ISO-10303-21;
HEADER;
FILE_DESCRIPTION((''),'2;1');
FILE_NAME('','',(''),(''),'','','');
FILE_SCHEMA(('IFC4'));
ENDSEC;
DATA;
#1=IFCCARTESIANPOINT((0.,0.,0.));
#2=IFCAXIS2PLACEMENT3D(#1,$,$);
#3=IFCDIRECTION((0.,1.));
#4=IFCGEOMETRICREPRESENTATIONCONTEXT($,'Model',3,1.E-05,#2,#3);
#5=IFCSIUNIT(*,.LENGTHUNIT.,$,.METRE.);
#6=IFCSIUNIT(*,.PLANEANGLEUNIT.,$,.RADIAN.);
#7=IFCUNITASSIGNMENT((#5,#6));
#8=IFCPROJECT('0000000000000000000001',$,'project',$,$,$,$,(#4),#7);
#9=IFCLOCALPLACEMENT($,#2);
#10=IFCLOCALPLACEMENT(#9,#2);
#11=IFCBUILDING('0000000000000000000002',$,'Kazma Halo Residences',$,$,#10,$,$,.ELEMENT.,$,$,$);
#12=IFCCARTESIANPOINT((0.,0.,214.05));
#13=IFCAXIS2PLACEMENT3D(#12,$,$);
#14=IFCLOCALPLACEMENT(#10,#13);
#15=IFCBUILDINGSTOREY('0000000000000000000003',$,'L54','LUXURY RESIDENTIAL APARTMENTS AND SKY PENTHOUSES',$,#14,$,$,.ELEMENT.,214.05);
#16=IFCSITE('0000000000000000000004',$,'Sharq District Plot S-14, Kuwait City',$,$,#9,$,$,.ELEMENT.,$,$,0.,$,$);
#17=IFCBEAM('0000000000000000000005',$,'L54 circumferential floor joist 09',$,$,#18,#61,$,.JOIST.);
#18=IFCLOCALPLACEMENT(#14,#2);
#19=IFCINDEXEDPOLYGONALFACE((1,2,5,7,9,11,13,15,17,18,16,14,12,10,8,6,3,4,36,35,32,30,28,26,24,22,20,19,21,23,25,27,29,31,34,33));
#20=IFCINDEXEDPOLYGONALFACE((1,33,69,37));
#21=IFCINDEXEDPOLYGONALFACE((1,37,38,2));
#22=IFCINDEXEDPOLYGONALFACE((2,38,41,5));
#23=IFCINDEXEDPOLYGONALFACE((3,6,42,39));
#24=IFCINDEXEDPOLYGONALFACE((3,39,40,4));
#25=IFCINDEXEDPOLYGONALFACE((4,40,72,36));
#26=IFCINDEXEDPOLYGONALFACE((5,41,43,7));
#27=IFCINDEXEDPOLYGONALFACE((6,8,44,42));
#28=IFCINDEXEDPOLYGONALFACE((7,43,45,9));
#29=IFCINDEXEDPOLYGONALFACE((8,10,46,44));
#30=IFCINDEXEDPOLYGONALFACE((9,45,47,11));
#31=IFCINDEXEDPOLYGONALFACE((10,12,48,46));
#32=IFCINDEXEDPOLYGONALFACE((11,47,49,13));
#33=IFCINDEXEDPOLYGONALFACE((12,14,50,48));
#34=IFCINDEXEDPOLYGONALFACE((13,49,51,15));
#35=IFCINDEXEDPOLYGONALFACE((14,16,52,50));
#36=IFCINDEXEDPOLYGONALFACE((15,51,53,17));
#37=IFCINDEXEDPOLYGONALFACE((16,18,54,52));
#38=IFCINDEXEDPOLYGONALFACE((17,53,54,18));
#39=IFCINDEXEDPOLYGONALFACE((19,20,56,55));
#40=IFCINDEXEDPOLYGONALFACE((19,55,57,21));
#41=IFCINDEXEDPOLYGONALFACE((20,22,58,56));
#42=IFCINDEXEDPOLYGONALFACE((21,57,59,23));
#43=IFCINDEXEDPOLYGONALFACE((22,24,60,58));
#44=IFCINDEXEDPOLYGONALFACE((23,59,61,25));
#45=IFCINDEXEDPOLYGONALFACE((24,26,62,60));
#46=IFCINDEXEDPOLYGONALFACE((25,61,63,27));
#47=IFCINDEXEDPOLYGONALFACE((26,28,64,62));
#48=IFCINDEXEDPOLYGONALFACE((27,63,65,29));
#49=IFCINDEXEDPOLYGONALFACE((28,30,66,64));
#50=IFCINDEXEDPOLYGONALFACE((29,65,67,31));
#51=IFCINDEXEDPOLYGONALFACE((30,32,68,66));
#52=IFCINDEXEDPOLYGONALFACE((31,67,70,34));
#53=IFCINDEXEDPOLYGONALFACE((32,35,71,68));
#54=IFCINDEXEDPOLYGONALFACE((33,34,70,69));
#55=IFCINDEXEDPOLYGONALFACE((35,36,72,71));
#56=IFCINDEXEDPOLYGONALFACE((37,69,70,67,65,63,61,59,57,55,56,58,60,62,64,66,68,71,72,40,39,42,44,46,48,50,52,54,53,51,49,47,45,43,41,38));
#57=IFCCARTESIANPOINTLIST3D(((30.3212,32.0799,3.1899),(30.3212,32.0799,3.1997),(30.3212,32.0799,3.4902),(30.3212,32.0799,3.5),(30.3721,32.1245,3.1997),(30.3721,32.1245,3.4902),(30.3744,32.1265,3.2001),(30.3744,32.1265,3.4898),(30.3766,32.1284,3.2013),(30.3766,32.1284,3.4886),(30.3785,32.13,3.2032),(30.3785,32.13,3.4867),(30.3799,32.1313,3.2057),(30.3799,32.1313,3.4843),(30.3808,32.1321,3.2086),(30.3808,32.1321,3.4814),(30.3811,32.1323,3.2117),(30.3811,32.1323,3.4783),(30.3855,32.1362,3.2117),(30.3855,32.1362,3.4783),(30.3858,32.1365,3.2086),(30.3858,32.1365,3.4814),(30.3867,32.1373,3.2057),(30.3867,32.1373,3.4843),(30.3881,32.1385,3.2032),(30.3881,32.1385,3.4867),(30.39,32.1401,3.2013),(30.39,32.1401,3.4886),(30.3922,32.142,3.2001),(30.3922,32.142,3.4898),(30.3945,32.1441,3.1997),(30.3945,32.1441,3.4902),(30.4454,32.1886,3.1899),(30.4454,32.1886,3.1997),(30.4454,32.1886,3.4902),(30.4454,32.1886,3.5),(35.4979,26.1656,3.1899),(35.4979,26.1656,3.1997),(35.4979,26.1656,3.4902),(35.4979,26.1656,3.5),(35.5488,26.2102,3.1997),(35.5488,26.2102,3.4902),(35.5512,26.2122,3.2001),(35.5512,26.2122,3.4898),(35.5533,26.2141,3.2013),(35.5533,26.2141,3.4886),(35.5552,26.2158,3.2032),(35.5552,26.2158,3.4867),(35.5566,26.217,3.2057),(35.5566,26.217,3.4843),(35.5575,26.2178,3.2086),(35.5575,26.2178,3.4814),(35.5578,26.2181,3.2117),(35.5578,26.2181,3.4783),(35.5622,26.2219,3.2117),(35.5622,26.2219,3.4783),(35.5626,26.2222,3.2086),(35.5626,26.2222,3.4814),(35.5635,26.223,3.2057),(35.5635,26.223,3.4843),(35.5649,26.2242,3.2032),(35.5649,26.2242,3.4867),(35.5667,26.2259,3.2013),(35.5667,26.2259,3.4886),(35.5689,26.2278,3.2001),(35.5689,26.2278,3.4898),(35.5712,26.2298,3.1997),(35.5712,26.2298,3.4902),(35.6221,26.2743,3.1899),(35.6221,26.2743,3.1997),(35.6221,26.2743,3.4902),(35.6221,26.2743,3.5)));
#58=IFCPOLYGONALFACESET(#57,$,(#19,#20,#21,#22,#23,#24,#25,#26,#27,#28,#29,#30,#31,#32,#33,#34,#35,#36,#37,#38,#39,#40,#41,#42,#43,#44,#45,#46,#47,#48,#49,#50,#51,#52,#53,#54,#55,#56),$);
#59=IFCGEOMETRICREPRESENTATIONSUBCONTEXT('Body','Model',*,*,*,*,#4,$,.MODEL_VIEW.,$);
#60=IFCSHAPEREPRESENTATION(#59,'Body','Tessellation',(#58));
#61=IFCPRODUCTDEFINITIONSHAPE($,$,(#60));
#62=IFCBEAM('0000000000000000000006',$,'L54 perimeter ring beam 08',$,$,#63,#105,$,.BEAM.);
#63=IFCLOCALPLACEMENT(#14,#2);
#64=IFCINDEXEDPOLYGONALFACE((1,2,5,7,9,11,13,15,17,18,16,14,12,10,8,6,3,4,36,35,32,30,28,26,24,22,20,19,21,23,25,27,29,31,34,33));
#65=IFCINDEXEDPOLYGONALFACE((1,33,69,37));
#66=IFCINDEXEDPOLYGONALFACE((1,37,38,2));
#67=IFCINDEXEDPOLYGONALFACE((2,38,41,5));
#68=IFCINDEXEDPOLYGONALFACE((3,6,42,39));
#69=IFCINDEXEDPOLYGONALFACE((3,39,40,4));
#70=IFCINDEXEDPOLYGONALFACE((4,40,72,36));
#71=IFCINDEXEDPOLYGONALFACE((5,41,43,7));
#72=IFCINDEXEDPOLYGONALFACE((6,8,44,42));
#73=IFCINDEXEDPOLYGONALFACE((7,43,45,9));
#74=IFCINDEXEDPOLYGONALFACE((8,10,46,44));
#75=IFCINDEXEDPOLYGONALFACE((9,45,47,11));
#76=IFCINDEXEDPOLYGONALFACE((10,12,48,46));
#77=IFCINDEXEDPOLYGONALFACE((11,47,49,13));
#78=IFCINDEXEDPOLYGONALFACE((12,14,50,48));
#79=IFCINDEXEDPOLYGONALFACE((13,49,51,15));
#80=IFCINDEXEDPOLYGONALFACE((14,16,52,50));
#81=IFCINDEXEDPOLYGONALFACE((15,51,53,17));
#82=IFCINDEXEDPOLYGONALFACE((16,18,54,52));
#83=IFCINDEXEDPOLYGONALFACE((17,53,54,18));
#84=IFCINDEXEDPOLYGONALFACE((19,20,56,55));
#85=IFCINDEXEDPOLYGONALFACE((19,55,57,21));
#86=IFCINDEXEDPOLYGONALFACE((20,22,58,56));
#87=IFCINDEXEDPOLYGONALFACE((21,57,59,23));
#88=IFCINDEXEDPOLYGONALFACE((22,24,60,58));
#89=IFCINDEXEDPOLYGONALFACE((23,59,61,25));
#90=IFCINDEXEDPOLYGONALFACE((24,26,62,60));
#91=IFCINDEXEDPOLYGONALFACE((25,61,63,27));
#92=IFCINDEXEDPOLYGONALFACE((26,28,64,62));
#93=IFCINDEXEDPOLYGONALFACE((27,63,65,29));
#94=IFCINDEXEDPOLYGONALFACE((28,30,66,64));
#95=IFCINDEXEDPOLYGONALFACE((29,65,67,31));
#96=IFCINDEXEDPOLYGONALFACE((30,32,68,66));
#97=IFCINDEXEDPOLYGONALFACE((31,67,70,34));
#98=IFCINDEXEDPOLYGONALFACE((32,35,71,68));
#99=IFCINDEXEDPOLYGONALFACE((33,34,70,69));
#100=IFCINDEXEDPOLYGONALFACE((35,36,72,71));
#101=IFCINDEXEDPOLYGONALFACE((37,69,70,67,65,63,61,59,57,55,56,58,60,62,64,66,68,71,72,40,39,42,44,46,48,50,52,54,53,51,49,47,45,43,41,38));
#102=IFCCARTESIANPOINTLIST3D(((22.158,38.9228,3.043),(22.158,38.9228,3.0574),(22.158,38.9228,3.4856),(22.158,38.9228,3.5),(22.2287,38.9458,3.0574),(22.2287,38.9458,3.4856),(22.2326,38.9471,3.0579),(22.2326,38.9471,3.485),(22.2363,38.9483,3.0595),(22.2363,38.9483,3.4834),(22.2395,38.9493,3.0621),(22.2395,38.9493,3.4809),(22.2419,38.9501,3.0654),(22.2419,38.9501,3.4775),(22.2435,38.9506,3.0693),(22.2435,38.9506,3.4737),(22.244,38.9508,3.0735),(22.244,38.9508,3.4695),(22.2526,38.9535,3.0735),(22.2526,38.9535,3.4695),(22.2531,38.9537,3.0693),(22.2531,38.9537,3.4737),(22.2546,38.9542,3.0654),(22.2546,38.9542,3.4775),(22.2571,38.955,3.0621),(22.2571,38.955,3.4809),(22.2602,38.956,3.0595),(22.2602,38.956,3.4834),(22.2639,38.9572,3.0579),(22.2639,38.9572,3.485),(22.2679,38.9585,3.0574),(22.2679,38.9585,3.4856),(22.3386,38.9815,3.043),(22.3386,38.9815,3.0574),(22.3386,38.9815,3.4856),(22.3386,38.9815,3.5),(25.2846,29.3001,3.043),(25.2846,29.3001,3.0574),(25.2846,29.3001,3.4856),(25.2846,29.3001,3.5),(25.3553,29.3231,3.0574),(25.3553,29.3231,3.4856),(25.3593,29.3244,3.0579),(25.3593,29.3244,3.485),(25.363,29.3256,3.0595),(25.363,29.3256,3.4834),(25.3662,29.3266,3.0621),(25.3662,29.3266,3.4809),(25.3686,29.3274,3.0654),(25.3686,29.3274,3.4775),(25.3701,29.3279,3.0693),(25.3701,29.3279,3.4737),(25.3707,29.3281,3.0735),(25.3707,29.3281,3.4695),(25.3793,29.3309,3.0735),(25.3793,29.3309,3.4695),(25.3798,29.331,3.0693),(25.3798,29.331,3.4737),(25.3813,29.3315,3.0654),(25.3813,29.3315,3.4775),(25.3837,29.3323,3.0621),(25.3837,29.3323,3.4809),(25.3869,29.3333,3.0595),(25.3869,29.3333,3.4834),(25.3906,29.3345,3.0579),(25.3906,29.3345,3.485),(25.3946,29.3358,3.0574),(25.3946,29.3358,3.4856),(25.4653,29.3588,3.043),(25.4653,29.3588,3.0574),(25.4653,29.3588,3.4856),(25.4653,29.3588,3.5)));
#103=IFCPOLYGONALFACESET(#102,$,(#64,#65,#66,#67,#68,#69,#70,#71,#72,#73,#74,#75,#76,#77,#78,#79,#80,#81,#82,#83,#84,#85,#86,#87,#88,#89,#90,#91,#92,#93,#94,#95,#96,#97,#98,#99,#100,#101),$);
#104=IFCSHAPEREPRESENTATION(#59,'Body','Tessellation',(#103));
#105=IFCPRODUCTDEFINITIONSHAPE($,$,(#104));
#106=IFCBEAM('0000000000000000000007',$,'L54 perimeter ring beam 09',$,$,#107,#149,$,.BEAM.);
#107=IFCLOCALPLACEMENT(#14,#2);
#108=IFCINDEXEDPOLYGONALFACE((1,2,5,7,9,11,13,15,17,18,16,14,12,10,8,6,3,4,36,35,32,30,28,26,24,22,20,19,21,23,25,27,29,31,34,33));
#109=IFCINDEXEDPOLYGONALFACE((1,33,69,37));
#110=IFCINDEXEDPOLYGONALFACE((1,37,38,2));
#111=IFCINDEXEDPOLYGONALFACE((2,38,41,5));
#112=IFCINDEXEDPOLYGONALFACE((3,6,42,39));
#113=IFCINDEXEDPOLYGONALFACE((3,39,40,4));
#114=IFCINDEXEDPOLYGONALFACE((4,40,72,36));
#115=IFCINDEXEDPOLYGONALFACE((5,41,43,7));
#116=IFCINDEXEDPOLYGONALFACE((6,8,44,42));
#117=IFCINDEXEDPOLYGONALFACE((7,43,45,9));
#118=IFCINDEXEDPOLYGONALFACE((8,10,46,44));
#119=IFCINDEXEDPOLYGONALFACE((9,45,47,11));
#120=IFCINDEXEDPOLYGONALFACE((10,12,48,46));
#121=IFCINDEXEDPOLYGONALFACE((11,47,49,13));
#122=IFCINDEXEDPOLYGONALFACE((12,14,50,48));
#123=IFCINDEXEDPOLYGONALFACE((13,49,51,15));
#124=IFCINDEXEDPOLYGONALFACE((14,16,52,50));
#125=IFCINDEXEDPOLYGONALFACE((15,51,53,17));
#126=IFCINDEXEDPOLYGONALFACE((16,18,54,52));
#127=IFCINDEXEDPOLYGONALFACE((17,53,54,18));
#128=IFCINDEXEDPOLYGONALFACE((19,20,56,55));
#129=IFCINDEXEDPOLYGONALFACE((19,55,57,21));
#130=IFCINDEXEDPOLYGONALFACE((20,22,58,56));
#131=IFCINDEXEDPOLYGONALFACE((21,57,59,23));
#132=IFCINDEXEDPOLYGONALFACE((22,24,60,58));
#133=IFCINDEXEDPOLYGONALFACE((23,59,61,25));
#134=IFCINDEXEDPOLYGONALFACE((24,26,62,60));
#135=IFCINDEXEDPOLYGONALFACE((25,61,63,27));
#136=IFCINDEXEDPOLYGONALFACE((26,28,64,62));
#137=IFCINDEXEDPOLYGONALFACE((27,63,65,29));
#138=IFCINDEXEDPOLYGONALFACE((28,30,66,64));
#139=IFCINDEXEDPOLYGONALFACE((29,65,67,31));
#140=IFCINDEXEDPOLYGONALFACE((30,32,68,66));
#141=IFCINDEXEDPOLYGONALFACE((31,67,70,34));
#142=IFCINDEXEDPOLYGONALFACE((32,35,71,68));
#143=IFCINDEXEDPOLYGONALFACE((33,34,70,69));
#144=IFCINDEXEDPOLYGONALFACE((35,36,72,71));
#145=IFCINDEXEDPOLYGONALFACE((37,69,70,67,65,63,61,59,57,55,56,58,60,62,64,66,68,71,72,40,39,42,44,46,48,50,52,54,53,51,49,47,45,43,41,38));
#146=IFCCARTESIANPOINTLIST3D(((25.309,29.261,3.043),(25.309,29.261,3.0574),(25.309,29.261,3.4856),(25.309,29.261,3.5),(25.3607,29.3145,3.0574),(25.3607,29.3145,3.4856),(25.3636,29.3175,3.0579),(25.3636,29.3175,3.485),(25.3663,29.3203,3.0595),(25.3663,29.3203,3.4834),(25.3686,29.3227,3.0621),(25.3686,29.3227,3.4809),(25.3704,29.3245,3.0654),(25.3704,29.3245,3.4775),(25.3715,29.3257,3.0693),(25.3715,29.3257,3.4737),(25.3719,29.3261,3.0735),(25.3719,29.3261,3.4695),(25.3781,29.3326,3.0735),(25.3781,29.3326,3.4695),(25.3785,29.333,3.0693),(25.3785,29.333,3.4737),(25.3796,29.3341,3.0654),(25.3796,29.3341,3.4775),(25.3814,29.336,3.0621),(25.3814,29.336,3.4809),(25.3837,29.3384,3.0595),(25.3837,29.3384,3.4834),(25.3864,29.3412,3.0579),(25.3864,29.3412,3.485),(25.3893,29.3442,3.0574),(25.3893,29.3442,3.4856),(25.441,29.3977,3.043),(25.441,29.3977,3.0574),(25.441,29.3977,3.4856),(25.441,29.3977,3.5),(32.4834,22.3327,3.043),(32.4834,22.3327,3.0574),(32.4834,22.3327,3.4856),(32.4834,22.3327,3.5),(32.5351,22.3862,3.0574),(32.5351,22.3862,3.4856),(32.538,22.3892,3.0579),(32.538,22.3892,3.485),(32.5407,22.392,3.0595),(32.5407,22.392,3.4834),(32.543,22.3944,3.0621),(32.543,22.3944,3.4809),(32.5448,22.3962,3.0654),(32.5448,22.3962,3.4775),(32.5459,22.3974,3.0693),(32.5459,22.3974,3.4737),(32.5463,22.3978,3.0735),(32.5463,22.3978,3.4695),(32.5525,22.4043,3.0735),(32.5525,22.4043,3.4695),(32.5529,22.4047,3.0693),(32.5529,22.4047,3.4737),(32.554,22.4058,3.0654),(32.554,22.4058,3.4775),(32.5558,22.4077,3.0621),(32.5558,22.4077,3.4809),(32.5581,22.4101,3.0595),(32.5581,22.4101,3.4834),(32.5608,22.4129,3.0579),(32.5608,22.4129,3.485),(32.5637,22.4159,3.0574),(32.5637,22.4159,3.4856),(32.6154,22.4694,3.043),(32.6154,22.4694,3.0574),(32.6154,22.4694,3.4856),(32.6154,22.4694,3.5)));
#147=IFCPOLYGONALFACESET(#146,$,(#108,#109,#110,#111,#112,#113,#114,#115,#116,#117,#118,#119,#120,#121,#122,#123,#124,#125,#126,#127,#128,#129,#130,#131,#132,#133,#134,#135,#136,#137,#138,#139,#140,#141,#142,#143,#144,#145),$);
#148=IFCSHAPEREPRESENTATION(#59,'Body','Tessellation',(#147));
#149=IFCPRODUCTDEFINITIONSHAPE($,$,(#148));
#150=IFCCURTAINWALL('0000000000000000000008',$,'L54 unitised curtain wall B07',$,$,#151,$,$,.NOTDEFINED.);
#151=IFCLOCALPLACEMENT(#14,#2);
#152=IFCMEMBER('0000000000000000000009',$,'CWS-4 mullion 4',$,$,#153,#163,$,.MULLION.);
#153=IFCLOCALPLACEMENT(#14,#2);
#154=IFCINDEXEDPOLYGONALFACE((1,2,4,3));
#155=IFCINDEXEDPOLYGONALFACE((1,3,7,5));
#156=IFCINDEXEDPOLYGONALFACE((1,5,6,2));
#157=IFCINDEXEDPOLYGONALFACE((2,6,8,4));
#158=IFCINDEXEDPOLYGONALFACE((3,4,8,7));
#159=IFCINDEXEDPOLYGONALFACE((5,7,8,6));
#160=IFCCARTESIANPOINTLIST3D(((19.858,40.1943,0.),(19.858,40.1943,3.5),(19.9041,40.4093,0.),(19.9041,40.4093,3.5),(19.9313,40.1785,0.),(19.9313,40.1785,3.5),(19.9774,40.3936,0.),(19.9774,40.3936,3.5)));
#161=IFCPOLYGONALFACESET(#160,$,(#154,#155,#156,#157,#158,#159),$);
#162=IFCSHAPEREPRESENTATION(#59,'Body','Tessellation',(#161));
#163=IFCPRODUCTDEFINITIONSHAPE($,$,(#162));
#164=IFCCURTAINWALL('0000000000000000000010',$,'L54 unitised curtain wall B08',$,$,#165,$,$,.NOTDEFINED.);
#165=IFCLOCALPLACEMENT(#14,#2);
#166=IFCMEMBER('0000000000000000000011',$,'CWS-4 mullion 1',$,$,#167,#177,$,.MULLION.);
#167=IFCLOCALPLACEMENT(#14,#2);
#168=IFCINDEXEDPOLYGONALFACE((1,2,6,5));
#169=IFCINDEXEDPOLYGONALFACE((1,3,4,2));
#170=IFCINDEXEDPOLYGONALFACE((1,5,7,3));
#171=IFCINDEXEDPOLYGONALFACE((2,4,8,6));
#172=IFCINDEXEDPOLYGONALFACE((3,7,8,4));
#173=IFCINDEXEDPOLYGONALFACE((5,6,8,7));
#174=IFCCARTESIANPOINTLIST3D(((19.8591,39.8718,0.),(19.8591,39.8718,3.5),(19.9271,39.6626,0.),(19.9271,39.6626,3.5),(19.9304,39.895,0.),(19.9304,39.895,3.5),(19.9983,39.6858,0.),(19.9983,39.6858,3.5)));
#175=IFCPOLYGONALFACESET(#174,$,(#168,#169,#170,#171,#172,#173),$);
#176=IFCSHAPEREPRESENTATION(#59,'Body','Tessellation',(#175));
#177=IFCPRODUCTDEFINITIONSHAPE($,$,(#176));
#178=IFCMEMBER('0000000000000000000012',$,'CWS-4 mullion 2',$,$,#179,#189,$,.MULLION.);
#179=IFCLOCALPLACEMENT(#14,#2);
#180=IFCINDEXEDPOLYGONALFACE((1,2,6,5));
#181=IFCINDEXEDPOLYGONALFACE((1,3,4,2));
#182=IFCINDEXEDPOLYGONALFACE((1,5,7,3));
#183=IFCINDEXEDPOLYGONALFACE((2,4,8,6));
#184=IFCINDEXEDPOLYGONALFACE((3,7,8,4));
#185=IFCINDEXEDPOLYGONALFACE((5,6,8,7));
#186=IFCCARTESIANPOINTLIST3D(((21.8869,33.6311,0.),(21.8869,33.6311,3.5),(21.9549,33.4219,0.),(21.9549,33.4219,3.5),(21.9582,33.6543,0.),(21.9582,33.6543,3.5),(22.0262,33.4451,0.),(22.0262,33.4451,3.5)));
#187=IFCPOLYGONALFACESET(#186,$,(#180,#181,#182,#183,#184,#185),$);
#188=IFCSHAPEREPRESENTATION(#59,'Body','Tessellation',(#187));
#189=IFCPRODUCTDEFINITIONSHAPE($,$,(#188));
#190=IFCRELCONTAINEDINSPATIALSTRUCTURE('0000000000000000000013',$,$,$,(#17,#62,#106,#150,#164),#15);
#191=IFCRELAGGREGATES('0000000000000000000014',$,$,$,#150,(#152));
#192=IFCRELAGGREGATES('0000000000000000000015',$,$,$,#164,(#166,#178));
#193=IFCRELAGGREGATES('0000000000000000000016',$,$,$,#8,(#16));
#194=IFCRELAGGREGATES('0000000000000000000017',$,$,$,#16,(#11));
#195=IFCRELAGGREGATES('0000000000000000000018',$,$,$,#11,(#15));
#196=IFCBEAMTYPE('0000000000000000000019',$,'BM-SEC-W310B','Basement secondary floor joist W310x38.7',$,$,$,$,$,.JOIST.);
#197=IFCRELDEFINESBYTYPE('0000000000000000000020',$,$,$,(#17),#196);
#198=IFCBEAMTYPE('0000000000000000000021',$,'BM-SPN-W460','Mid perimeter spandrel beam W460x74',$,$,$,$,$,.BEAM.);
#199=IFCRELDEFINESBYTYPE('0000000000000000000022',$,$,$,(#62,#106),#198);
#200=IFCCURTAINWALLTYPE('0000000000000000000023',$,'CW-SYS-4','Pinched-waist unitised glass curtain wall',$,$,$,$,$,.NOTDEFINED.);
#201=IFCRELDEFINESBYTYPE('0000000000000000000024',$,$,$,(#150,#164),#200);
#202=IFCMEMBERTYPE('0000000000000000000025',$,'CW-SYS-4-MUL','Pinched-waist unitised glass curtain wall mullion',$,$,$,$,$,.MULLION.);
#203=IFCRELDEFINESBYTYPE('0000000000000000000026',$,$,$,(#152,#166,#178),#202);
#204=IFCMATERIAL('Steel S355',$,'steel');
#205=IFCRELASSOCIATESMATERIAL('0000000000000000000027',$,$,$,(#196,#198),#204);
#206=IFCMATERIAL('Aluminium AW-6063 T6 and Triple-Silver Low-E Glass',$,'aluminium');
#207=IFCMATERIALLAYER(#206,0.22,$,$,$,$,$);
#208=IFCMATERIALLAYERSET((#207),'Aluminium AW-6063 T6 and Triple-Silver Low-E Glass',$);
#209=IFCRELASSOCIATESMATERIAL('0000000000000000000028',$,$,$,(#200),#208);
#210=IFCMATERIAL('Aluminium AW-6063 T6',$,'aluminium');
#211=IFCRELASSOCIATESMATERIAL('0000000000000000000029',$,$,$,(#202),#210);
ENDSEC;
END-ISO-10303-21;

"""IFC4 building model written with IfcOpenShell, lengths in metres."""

from ifc_helpers import new_model, si_unit, direction, frame, origin, origin_2d, place, context, subcontext, project, spatial, rectangle, i_section, extrude, material, layer, layer_set, material_profile, profile_set, type_object, element, aggregate, save


model = new_model("IFC4")

# Units and contexts
model_context = context("Model", 3, precision=1e-05, world=origin(), true_north=direction((0.0, 1.0)))
body_context = subcontext(model_context, "Body", "Model", "MODEL_VIEW")
ifc_project = project(units=[si_unit("LENGTHUNIT", "METRE"), si_unit("PLANEANGLEUNIT", "RADIAN")], contexts=[model_context])

# Site, building, storey
site_placement = place(None, origin())
site = spatial("IfcSite", under=ifc_project, at=site_placement, Name="Sharq District Plot S-14, Kuwait City", CompositionType="ELEMENT", RefElevation=0.0)
building_placement = place(site_placement, origin())
building = spatial("IfcBuilding", under=site, at=building_placement, Name="Kazma Halo Residences", CompositionType="ELEMENT")
storey_placement = place(building_placement, frame((0.0, 0.0, 214.05)))
storey = spatial("IfcBuildingStorey", under=building, at=storey_placement, Name="L54", Description="LUXURY RESIDENTIAL APARTMENTS AND SKY PENTHOUSES", CompositionType="ELEMENT", Elevation=214.05)

# Beams
ifc_material_1 = material(Name="Steel S355", Category="steel")
ifc_material_profile_1 = material_profile(ifc_material_1, i_section(OverallWidth=0.165, OverallDepth=0.3101, WebThickness=0.0059, FlangeThickness=0.0098, FilletRadius=0.012, at=origin_2d()), Name="W310x38.7")
ifc_profile_set_1 = profile_set([ifc_material_profile_1], Name="Steel S355")
beam_type_1 = type_object("IfcBeamType", Name="BM-SEC-W310B", Description="Basement secondary floor joist W310x38.7", PredefinedType="JOIST", material=ifc_profile_set_1)
beam_1_placement = place(storey_placement, frame((30.3833, 32.1343, 3.345), z_axis=(0.65863, -0.752467, 0.0), x_axis=(0.752467, 0.65863, 0.0)))
element("IfcBeam", 1, at=beam_1_placement, inside=storey, type_object=beam_type_1, Name="L54 circumferential floor joist 09", PredefinedType="JOIST", context=body_context, shape_type="SweptSolid", body=[
    extrude(i_section(OverallWidth=0.165, OverallDepth=0.3101, WebThickness=0.0059, FlangeThickness=0.0098, FilletRadius=0.012, at=origin_2d()), origin(), (0.0, 0.0, 1.0), 7.8599),
])
ifc_material_profile_2 = material_profile(ifc_material_1, i_section(OverallWidth=0.1899, OverallDepth=0.457, WebThickness=0.009, FlangeThickness=0.0144, FilletRadius=0.0161, at=origin_2d()), Name="W460x74")
ifc_profile_set_2 = profile_set([ifc_material_profile_2], Name="Steel S355")
beam_type_2 = type_object("IfcBeamType", Name="BM-SPN-W460", Description="Mid perimeter spandrel beam W460x74", PredefinedType="BEAM", material=ifc_profile_set_2)
beam_2_placement = place(storey_placement, frame((22.2483, 38.9521, 3.2715), z_axis=(0.309023, -0.951054, 0.0), x_axis=(0.951054, 0.309023, 0.0)))
element("IfcBeam", 2, at=beam_2_placement, inside=storey, type_object=beam_type_2, Name="L54 perimeter ring beam 08", PredefinedType="BEAM", context=body_context, shape_type="SweptSolid", body=[
    extrude(i_section(OverallWidth=0.1899, OverallDepth=0.457, WebThickness=0.009, FlangeThickness=0.0144, FilletRadius=0.0161, at=origin_2d()), origin(), (0.0, 0.0, 1.0), 10.1179),
])
beam_3_placement = place(storey_placement, frame((25.375, 29.3293, 3.2715), z_axis=(0.719337, -0.694662, 0.0), x_axis=(0.694662, 0.719337, 0.0)))
element("IfcBeam", 3, at=beam_3_placement, inside=storey, type_object=beam_type_2, Name="L54 perimeter ring beam 09", PredefinedType="BEAM", context=body_context, shape_type="SweptSolid", body=[
    extrude(i_section(OverallWidth=0.1899, OverallDepth=0.457, WebThickness=0.009, FlangeThickness=0.0144, FilletRadius=0.0161, at=origin_2d()), origin(), (0.0, 0.0, 1.0), 9.9736),
])

# Curtain wall, member
ifc_material_2 = material(Name="Aluminium AW-6063 T6 and Triple-Silver Low-E Glass", Category="aluminium")
ifc_layer_1 = layer(ifc_material_2, 0.22)
ifc_layer_set_1 = layer_set([ifc_layer_1], Name="Aluminium AW-6063 T6 and Triple-Silver Low-E Glass")
curtain_wall_type = type_object("IfcCurtainWallType", Name="CW-SYS-4", Description="Pinched-waist unitised glass curtain wall", PredefinedType="NOTDEFINED", material=ifc_layer_set_1)
curtain_wall_1_placement = place(storey_placement, origin())
curtain_wall_1 = element("IfcCurtainWall", 4, at=curtain_wall_1_placement, inside=storey, type_object=curtain_wall_type, Name="L54 unitised curtain wall B07", PredefinedType="NOTDEFINED")
ifc_material_3 = material(Name="Aluminium AW-6063 T6", Category="aluminium")
ifc_material_profile_3 = material_profile(ifc_material_3, rectangle(XDim=0.075, YDim=0.22, at=origin_2d()), Name="CWM-75x220")
ifc_profile_set_3 = profile_set([ifc_material_profile_3], Name="Aluminium AW-6063 T6")
member_type_1 = type_object("IfcMemberType", Name="CW-SYS-4-MUL", Description="Pinched-waist unitised glass curtain wall mullion", PredefinedType="MULLION", material=ifc_profile_set_3)
member_1_placement = place(storey_placement, frame((19.9177, 40.2939, 0.0), z_axis=(0.0, 0.0, 1.0), x_axis=(0.977768, -0.20969, 0.0)))
member_1 = element("IfcMember", 5, at=member_1_placement, type_object=member_type_1, Name="CWS-4 mullion 4", PredefinedType="MULLION", context=body_context, shape_type="SweptSolid", body=[
    extrude(rectangle(XDim=0.075, YDim=0.22, at=origin_2d()), origin(), (0.0, 0.0, 1.0), 3.5),
])
aggregate(curtain_wall_1, [member_1])

# Curtain wall, members
curtain_wall_2_placement = place(storey_placement, origin())
curtain_wall_2 = element("IfcCurtainWall", 6, at=curtain_wall_2_placement, inside=storey, type_object=curtain_wall_type, Name="L54 unitised curtain wall B08", PredefinedType="NOTDEFINED")
member_2_placement = place(storey_placement, frame((19.9287, 39.7788, 0.0), z_axis=(0.0, 0.0, 1.0), x_axis=(0.951057, 0.309016, 0.0)))
member_2 = element("IfcMember", 7, at=member_2_placement, type_object=member_type_1, Name="CWS-4 mullion 1", PredefinedType="MULLION", context=body_context, shape_type="SweptSolid", body=[
    extrude(rectangle(XDim=0.075, YDim=0.22, at=origin_2d()), origin(), (0.0, 0.0, 1.0), 3.5),
])
member_3_placement = place(storey_placement, frame((21.9565, 33.5381, 0.0), z_axis=(0.0, 0.0, 1.0), x_axis=(0.951057, 0.309016, 0.0)))
member_3 = element("IfcMember", 8, at=member_3_placement, type_object=member_type_1, Name="CWS-4 mullion 2", PredefinedType="MULLION", context=body_context, shape_type="SweptSolid", body=[
    extrude(rectangle(XDim=0.075, YDim=0.22, at=origin_2d()), origin(), (0.0, 0.0, 1.0), 3.5),
])
aggregate(curtain_wall_2, [member_2, member_3])

save(model, "model.ifc")
